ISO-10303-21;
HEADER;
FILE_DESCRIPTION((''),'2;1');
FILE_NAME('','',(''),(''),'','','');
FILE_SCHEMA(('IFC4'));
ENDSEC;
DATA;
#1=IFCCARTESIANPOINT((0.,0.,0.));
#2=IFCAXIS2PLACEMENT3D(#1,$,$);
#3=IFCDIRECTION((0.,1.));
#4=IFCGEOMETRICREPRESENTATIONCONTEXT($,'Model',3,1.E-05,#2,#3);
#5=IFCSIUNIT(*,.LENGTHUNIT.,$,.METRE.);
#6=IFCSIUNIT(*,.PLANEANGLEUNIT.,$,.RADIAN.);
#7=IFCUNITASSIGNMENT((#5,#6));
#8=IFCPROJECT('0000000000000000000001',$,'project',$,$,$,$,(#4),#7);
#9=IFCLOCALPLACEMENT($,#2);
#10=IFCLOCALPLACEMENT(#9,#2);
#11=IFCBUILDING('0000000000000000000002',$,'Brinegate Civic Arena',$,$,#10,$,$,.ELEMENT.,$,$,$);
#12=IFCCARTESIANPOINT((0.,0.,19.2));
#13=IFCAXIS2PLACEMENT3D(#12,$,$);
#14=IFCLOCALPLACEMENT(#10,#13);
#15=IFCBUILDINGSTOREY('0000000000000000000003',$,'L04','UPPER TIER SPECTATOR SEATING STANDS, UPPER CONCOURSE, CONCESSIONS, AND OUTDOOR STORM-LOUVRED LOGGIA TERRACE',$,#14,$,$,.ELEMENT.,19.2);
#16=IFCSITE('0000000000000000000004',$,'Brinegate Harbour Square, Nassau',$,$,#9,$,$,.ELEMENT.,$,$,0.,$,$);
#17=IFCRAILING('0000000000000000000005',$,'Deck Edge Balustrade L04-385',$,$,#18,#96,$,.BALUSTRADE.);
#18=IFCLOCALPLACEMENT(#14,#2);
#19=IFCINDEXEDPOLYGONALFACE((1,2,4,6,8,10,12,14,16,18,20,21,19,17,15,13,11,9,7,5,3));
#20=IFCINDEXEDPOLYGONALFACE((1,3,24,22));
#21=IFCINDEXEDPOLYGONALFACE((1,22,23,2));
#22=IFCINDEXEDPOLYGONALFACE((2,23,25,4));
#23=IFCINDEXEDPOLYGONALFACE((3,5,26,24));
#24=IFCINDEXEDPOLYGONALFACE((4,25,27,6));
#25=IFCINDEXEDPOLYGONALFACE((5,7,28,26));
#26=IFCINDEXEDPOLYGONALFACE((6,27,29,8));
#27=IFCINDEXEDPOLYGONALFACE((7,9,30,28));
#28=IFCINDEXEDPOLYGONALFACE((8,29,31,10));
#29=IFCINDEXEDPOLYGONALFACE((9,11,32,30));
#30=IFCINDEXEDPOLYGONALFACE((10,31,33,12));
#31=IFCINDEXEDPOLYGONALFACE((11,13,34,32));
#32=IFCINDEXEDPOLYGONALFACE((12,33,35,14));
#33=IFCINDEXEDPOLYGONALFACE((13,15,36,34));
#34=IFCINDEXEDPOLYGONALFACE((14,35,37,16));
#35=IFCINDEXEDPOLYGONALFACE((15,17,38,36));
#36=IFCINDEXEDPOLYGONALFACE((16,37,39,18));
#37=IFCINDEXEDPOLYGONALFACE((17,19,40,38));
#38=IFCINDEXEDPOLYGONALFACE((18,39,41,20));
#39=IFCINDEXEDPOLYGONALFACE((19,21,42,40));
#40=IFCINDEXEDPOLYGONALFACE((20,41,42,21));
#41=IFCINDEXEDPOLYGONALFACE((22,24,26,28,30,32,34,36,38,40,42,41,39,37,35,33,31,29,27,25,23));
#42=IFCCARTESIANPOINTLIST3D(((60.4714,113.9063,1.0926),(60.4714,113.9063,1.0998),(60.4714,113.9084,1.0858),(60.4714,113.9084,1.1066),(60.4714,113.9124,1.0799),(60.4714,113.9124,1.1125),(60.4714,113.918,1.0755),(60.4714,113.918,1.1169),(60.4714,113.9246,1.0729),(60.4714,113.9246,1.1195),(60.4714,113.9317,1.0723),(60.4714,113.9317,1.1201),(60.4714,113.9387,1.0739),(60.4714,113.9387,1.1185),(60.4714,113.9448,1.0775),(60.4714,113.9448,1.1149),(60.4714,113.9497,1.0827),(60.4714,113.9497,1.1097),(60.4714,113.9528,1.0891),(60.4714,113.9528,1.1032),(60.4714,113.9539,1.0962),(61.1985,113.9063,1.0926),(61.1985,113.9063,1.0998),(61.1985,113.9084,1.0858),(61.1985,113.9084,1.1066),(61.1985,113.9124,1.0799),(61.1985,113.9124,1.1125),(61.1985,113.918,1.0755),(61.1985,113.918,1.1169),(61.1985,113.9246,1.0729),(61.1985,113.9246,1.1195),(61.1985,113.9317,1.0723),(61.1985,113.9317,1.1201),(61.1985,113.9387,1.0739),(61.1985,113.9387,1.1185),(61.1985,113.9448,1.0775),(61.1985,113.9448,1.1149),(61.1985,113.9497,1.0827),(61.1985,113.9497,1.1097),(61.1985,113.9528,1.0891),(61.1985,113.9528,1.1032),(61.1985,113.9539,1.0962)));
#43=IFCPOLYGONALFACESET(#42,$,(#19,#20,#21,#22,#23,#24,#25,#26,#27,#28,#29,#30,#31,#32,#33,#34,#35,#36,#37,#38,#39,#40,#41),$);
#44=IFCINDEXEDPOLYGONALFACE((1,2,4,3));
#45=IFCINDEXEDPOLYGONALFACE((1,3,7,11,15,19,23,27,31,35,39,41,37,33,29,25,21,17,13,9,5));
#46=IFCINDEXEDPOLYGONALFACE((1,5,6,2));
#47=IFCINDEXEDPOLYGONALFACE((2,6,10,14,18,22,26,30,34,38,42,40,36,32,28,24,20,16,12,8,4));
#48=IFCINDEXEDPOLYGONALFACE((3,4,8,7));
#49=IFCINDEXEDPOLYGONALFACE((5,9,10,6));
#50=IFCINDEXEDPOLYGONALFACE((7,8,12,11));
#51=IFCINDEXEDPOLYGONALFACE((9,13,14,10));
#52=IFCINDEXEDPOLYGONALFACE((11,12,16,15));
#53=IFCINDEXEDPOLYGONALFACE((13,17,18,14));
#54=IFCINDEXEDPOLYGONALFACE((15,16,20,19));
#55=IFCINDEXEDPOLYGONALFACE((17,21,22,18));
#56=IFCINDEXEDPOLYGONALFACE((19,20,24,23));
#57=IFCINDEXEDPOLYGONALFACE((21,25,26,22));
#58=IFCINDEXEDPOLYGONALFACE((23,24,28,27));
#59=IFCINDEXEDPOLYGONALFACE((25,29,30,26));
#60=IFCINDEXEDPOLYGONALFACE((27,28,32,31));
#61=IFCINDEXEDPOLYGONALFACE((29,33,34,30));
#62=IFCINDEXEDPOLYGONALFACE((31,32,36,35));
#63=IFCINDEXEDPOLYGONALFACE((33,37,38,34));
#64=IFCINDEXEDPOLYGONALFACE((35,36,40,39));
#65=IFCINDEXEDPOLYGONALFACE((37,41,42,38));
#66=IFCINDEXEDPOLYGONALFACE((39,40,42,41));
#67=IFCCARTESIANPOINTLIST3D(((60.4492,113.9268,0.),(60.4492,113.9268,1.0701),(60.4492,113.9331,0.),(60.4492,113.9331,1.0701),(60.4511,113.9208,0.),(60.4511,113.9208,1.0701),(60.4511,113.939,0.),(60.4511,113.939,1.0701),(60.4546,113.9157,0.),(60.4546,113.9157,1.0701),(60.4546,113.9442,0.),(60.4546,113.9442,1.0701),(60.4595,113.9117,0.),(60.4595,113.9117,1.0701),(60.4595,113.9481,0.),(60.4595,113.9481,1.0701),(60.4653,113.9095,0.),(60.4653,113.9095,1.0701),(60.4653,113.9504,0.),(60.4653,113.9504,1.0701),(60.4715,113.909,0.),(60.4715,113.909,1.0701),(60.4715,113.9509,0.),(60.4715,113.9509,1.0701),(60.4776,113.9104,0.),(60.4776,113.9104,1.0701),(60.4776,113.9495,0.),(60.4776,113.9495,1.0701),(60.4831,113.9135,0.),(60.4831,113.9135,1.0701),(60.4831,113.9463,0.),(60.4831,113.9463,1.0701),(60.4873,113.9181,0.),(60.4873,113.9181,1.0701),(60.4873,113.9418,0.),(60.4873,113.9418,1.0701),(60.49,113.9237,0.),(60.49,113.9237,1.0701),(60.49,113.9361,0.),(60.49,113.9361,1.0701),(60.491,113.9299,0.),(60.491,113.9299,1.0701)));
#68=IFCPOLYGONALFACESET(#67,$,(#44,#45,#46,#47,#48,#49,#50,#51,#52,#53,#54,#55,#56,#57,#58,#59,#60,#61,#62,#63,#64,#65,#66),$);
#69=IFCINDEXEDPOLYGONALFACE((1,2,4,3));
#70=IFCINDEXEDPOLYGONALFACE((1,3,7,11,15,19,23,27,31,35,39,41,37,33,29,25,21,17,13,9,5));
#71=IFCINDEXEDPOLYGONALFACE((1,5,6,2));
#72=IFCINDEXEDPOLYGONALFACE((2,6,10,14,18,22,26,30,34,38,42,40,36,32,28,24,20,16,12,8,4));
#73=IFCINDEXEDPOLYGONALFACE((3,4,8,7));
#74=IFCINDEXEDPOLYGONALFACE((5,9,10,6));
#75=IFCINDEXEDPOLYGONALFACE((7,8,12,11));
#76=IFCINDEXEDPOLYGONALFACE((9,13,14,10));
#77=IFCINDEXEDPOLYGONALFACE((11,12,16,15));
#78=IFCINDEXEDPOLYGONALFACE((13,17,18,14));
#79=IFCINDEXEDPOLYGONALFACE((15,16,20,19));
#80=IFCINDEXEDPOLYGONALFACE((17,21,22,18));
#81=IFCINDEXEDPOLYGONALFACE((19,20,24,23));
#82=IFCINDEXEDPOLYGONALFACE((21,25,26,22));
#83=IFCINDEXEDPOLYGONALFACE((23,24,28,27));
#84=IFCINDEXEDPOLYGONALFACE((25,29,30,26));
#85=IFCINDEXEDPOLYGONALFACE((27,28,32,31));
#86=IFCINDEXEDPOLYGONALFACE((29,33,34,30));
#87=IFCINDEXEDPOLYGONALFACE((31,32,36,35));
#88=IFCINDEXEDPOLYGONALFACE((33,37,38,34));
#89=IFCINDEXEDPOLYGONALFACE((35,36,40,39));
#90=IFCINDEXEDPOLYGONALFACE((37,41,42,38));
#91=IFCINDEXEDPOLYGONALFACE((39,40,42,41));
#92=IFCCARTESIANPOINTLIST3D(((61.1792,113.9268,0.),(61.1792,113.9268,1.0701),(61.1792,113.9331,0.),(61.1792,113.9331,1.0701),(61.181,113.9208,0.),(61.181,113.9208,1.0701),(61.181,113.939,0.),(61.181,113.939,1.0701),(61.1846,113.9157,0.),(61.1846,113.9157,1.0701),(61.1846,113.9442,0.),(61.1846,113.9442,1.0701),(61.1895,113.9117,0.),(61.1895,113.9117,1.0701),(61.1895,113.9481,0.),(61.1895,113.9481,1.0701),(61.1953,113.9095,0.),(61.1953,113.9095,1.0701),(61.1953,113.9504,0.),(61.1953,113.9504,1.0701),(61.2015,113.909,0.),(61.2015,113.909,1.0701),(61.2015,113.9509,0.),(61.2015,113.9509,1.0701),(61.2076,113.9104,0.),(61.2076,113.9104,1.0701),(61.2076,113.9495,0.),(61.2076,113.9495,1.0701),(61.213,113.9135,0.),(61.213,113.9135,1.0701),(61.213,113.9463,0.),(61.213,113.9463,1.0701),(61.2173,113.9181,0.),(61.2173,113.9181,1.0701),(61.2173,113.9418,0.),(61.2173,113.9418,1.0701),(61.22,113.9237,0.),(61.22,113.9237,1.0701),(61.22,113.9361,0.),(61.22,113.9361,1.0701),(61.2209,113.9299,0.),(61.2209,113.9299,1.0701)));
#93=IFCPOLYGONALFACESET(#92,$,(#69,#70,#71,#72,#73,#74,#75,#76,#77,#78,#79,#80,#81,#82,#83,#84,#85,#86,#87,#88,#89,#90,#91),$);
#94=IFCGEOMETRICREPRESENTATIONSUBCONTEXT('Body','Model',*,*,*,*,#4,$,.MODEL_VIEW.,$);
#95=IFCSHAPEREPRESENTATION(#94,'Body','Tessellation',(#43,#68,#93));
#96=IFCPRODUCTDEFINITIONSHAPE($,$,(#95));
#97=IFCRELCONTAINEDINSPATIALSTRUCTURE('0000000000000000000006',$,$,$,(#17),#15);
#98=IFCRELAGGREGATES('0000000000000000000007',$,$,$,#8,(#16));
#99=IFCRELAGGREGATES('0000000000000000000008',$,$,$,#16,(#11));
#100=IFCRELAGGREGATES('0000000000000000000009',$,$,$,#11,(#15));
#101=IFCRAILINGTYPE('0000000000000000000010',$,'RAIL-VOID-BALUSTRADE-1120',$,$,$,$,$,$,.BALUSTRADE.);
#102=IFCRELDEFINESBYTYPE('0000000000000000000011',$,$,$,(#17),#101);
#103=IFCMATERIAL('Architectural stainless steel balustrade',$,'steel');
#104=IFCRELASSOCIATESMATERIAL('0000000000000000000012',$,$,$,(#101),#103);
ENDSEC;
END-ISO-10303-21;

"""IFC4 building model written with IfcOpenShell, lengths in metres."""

from ifc_helpers import new_model, si_unit, direction, frame, origin, origin_2d, place, context, subcontext, project, spatial, circle, extrude, material, type_object, element, save


model = new_model("IFC4")

# Units and contexts
model_context = context("Model", 3, precision=1e-05, world=origin(), true_north=direction((0.0, 1.0)))
body_context = subcontext(model_context, "Body", "Model", "MODEL_VIEW")
ifc_project = project(units=[si_unit("LENGTHUNIT", "METRE"), si_unit("PLANEANGLEUNIT", "RADIAN")], contexts=[model_context])

# Site, building, storey
site_placement = place(None, origin())
site = spatial("IfcSite", under=ifc_project, at=site_placement, Name="Brinegate Harbour Square, Nassau", CompositionType="ELEMENT", RefElevation=0.0)
building_placement = place(site_placement, origin())
building = spatial("IfcBuilding", under=site, at=building_placement, Name="Brinegate Civic Arena", CompositionType="ELEMENT")
storey_placement = place(building_placement, frame((0.0, 0.0, 19.2)))
storey = spatial("IfcBuildingStorey", under=building, at=storey_placement, Name="L04", Description="UPPER TIER SPECTATOR SEATING STANDS, UPPER CONCOURSE, CONCESSIONS, AND OUTDOOR STORM-LOUVRED LOGGIA TERRACE", CompositionType="ELEMENT", Elevation=19.2)

# Railing
ifc_material_1 = material(Name="Architectural stainless steel balustrade", Category="steel")
railing_type_1 = type_object("IfcRailingType", Name="RAIL-VOID-BALUSTRADE-1120", PredefinedType="BALUSTRADE", material=ifc_material_1)
railing_1_placement = place(storey_placement, frame((60.47, 113.9299, 0.0)))
element("IfcRailing", 1, at=railing_1_placement, inside=storey, type_object=railing_type_1, Name="Deck Edge Balustrade L04-385", PredefinedType="BALUSTRADE", context=body_context, shape_type="SweptSolid", body=[
    extrude(circle(Radius=0.0239, at=origin_2d()), frame((0.0015, 0.0, 1.0962), z_axis=(1.0, 0.0, 0.0), x_axis=(0.0, 1.0, 0.0)), (0.0, 0.0, 1.0), 0.7271),
    extrude(circle(Radius=0.021, at=origin_2d()), origin(), (0.0, 0.0, 1.0), 1.0701),
    extrude(circle(Radius=0.021, at=origin_2d()), frame((0.73, 0.0, 0.0)), (0.0, 0.0, 1.0), 1.0701),
])

save(model, "model.ifc")
